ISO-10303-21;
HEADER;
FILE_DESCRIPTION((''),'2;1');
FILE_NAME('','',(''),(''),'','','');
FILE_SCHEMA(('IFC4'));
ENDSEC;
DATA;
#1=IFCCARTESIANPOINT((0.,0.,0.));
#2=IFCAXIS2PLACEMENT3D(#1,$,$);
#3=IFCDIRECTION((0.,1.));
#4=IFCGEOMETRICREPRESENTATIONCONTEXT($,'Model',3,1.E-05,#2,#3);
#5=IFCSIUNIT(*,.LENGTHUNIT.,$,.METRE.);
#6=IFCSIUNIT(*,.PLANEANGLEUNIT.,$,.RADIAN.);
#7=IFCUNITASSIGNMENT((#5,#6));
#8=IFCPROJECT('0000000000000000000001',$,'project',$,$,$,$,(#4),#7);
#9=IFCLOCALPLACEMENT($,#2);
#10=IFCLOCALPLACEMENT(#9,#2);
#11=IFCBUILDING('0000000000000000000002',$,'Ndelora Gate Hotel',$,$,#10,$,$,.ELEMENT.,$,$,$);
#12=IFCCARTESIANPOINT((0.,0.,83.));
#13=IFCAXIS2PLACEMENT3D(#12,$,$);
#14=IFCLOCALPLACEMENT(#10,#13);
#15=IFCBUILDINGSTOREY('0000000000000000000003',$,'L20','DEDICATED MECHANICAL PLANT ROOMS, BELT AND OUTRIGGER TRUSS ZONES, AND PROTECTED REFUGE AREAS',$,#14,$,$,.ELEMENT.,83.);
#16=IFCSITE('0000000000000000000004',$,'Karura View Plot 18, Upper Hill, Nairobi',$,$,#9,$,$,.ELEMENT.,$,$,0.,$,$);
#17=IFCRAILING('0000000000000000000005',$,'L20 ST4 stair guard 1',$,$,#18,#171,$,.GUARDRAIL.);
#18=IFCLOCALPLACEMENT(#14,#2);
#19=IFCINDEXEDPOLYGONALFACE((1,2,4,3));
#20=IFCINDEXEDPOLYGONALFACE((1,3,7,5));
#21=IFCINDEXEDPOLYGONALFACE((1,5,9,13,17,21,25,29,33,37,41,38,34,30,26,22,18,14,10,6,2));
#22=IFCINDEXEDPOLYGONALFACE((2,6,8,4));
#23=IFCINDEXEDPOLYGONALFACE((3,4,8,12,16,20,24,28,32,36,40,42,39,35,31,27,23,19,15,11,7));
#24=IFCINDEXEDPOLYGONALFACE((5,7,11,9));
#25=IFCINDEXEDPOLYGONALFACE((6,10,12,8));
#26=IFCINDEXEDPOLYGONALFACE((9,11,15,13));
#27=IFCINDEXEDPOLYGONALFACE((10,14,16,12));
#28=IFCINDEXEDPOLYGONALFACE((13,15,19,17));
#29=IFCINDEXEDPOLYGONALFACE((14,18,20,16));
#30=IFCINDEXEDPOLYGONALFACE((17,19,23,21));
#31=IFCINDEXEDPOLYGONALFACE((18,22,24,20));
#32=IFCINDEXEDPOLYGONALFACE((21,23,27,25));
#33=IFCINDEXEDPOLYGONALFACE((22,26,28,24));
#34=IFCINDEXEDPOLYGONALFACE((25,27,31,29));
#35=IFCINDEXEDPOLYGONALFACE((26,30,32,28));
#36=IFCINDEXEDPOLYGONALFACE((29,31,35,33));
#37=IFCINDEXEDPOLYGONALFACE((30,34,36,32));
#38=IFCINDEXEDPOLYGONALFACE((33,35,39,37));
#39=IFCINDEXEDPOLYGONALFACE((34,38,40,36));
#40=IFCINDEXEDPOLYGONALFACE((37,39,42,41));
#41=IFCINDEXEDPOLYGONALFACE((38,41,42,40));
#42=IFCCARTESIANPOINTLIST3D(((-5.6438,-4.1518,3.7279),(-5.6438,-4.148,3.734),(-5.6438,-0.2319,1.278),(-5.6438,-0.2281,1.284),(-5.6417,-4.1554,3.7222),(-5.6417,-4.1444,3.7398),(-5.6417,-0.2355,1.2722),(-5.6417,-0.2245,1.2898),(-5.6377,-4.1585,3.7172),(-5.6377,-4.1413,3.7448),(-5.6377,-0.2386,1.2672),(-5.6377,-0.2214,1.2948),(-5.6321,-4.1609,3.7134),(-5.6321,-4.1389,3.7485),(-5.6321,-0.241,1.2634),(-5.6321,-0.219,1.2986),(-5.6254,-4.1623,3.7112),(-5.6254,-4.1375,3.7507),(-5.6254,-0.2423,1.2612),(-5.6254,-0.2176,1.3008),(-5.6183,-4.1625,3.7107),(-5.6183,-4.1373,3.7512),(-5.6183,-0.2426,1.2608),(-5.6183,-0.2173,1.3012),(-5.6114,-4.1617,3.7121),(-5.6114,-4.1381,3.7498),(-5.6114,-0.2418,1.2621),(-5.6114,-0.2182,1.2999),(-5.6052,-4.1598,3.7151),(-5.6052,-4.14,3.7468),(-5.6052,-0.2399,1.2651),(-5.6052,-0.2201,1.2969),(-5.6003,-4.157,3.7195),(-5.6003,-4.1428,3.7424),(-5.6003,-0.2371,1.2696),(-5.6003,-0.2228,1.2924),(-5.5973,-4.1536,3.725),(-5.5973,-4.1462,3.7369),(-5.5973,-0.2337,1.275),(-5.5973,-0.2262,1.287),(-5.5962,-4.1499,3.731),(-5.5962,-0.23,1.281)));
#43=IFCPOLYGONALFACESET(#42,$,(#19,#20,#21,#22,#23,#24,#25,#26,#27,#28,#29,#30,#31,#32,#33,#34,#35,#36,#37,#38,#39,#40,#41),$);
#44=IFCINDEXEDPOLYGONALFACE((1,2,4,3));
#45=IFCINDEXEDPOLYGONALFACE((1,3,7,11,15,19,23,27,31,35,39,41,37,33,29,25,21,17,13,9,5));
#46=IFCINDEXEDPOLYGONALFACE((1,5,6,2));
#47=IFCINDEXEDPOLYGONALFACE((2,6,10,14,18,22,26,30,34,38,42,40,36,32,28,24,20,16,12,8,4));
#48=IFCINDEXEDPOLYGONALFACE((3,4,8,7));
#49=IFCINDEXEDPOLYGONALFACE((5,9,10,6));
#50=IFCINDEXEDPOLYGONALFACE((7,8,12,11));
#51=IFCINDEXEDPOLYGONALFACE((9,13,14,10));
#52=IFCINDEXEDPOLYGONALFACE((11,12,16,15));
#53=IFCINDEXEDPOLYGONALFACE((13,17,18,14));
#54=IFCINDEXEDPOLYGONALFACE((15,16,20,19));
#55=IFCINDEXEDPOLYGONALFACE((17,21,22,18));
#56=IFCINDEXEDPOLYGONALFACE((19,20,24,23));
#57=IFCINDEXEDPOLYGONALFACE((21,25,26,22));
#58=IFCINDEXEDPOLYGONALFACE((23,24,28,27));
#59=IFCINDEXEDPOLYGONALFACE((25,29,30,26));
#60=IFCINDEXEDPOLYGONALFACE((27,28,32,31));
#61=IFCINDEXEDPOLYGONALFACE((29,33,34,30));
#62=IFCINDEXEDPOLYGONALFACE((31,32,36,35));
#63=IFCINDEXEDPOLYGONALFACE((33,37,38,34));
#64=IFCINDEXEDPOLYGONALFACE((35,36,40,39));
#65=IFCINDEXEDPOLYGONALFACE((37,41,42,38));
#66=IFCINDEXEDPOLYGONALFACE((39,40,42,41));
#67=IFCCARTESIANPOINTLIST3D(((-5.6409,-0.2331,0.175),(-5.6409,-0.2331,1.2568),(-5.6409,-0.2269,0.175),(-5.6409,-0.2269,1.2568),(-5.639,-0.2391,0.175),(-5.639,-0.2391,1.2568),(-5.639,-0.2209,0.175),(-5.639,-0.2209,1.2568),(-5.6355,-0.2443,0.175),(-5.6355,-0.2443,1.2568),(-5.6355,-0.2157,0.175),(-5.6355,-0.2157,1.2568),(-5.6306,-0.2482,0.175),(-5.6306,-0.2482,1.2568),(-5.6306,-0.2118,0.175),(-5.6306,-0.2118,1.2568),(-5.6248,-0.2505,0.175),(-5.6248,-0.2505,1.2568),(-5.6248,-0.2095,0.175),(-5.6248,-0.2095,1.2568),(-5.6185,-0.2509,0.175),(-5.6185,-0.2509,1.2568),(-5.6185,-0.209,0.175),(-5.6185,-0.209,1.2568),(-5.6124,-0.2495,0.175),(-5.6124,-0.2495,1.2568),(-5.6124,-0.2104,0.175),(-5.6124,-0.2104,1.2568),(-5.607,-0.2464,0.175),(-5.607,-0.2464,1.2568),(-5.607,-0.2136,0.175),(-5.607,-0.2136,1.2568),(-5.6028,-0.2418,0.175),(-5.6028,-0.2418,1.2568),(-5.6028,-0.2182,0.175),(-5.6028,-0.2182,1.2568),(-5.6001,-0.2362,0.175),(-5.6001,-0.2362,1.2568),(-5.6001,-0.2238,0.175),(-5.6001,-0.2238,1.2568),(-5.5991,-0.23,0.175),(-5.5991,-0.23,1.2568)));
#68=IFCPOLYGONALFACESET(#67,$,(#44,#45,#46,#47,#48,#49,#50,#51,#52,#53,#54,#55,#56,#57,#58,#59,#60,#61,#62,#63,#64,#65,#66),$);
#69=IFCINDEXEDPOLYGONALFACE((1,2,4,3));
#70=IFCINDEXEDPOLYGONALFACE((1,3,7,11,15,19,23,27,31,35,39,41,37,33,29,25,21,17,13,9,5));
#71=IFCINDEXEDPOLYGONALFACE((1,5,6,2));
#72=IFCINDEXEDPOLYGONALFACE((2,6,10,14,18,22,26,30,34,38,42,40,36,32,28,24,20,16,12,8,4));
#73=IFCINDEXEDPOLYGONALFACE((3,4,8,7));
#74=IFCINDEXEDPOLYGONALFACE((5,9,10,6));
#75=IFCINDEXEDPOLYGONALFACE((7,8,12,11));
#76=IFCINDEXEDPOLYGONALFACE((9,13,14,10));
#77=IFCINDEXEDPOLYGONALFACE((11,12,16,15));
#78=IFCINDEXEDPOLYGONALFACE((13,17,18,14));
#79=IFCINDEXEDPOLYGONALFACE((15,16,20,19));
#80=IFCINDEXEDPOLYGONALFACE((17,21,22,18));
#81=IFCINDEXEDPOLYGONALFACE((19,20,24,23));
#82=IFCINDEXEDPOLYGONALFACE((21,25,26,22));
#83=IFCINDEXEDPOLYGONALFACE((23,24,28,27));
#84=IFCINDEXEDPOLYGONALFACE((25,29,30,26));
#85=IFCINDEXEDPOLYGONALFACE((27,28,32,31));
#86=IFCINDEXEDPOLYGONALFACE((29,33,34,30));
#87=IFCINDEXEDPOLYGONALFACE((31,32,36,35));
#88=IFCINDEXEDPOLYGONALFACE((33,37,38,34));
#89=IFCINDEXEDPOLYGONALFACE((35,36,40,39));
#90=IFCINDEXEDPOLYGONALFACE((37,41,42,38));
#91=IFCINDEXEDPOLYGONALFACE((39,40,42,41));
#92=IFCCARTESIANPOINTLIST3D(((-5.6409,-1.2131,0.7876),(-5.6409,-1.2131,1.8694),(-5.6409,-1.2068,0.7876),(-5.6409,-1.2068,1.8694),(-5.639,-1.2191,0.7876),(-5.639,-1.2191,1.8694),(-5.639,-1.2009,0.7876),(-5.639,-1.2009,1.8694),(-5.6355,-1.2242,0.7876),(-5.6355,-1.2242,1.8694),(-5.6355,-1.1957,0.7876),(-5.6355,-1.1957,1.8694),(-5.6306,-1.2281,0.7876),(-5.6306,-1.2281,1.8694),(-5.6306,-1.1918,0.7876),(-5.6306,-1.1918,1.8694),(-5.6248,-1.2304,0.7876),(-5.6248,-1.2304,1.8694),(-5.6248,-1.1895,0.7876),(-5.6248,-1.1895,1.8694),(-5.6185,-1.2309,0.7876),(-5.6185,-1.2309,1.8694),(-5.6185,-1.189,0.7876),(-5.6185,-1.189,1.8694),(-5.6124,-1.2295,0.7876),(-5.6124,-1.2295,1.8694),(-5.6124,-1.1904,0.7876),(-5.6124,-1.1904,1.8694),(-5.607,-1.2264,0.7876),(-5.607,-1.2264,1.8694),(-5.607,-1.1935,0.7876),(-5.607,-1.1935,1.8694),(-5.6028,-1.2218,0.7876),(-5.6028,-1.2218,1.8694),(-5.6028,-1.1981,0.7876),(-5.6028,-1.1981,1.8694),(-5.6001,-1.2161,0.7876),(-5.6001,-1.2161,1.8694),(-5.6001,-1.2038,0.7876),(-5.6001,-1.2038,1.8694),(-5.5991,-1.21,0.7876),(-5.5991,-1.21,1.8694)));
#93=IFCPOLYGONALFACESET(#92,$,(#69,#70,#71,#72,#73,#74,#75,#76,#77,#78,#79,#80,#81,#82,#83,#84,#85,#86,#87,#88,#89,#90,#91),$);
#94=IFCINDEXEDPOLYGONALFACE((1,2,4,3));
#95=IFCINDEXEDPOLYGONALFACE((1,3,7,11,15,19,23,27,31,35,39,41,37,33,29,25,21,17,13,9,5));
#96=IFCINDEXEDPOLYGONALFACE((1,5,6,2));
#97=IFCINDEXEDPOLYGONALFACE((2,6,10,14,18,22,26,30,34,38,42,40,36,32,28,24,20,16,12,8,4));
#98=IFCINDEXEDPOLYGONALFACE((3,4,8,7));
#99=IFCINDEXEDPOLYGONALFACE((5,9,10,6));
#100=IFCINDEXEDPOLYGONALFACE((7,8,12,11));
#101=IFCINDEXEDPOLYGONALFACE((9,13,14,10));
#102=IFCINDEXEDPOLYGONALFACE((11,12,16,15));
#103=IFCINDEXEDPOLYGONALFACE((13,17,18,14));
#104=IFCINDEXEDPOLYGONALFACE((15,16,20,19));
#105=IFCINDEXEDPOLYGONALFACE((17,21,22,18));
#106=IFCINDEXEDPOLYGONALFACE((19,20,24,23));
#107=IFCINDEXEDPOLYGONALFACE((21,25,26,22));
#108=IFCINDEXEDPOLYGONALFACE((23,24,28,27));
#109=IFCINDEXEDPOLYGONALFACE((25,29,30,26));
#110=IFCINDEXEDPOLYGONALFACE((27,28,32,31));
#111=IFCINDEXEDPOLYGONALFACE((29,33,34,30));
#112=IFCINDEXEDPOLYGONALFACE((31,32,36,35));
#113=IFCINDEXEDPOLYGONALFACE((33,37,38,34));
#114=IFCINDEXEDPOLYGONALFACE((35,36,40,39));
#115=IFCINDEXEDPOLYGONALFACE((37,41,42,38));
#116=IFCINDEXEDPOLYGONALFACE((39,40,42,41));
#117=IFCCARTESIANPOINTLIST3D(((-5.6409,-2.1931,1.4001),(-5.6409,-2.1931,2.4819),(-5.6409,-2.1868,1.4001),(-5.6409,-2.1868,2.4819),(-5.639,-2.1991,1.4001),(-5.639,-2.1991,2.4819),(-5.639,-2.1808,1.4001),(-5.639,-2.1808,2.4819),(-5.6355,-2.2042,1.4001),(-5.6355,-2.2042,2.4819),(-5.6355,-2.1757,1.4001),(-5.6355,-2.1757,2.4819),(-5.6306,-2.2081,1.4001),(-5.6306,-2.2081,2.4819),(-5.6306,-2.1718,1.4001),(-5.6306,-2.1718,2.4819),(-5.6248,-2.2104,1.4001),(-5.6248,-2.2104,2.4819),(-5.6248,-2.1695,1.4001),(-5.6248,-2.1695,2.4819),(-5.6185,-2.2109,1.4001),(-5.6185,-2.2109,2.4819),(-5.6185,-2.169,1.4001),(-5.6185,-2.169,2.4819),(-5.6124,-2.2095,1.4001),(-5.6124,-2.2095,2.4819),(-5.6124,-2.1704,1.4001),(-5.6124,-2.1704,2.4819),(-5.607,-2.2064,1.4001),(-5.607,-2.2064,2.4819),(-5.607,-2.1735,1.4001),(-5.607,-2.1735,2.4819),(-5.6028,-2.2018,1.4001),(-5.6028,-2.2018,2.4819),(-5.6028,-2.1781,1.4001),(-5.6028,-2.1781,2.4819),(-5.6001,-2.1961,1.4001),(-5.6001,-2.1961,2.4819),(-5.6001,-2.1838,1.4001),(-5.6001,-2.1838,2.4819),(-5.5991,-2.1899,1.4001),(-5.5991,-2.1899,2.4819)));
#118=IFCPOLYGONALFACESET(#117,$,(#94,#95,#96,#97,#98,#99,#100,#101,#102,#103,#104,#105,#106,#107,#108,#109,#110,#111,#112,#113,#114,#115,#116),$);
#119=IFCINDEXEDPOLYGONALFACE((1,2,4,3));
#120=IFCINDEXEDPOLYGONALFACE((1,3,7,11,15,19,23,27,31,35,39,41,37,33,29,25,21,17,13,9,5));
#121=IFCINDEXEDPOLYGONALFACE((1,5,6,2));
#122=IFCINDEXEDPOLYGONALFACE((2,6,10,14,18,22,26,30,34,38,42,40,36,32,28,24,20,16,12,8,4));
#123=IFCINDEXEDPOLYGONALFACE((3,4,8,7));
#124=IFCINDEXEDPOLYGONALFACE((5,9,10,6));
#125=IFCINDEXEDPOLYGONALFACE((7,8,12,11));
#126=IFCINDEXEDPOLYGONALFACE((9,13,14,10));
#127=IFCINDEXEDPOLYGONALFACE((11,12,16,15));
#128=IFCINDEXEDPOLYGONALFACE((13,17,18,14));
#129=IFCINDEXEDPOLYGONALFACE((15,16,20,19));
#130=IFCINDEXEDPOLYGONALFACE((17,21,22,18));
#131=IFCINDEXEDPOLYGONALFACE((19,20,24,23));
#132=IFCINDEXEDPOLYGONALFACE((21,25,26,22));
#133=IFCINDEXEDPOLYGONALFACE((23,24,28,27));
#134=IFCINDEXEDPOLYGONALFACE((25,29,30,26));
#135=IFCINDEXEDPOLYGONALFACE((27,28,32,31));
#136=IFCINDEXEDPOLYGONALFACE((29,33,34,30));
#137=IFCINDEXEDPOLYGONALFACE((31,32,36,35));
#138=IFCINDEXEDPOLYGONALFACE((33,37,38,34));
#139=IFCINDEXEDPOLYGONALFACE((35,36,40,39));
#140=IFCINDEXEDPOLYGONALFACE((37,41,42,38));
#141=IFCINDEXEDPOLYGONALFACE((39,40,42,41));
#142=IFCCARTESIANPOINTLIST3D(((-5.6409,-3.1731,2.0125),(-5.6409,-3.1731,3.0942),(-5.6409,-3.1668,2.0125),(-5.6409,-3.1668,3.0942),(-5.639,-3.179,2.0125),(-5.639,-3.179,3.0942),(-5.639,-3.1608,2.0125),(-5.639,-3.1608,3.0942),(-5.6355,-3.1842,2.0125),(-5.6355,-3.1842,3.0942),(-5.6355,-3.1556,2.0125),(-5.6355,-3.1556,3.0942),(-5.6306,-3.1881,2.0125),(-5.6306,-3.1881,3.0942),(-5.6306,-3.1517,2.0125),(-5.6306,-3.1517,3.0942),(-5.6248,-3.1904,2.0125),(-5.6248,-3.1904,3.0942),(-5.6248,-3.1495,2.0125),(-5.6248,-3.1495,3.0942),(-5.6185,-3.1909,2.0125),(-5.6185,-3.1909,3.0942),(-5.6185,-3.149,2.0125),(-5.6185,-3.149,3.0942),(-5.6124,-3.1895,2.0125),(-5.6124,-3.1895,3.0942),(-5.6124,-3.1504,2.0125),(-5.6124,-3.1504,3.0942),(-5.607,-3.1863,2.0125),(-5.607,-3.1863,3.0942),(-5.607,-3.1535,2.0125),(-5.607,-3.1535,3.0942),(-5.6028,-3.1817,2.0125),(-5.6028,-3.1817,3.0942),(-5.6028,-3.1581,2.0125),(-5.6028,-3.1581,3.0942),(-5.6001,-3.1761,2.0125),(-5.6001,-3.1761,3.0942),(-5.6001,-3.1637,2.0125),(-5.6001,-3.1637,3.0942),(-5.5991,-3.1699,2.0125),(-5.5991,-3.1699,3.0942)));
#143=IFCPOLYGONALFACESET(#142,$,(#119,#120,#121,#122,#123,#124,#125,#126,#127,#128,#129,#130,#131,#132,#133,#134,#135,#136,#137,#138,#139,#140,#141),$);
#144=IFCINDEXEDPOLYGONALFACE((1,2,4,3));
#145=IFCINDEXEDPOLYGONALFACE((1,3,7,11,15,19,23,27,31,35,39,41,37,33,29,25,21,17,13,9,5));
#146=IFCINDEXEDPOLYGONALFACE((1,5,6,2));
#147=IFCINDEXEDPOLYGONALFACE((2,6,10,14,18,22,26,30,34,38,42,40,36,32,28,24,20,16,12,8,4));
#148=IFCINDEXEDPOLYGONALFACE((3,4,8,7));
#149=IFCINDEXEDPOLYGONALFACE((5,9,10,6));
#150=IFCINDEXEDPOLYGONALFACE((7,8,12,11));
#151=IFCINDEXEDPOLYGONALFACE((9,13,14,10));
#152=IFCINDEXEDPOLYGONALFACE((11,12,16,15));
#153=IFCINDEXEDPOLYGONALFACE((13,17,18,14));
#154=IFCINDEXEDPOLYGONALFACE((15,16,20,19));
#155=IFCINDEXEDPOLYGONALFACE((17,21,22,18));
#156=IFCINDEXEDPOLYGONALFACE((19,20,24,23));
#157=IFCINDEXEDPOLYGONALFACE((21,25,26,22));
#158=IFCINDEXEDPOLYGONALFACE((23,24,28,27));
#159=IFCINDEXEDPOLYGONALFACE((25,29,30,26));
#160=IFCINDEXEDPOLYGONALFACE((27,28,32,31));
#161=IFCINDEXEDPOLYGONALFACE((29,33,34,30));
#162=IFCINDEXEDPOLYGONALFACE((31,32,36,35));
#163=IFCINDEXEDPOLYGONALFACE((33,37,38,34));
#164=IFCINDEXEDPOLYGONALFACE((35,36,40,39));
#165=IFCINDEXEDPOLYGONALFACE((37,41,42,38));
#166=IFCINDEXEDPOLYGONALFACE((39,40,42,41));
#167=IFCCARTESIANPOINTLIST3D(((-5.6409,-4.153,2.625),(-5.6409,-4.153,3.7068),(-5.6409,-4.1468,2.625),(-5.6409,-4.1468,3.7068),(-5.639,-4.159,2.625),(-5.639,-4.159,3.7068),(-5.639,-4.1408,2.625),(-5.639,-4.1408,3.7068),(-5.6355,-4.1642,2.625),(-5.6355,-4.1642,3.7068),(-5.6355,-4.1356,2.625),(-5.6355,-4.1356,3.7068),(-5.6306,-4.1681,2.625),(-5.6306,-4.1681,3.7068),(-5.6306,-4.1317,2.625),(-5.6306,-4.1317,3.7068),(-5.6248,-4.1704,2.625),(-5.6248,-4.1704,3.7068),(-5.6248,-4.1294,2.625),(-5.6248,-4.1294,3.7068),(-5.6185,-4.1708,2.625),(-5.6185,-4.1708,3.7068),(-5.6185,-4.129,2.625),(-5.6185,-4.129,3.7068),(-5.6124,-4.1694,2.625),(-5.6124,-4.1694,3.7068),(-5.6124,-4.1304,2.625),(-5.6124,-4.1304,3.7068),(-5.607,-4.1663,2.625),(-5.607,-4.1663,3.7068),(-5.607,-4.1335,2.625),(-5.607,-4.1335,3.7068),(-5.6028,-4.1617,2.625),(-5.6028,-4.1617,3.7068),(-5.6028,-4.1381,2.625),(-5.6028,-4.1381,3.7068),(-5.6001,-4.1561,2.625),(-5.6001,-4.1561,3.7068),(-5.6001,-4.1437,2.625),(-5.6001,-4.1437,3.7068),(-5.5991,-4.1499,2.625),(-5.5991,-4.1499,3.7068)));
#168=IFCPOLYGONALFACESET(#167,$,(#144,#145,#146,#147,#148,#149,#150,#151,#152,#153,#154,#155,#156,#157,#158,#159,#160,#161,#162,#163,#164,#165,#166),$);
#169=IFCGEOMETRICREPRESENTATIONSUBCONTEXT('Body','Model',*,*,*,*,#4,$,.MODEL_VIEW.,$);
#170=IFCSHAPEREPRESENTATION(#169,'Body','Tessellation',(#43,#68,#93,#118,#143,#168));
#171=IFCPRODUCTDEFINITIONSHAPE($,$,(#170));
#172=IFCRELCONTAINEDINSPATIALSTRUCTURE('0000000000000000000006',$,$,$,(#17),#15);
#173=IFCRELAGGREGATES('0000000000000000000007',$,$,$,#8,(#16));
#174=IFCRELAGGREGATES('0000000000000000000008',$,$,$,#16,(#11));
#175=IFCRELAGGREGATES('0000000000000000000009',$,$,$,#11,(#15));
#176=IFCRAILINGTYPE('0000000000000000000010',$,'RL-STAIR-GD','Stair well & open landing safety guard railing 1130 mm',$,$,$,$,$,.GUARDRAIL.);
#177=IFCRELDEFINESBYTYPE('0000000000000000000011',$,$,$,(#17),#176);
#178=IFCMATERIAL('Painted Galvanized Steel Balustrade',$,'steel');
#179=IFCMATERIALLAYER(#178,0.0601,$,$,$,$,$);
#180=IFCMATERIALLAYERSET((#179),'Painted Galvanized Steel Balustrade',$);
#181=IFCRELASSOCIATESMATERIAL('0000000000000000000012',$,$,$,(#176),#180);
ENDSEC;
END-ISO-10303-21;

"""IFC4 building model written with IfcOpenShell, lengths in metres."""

from ifc_helpers import new_model, si_unit, direction, frame, origin, origin_2d, place, context, subcontext, project, spatial, circle, extrude, material, layer, layer_set, type_object, element, save


model = new_model("IFC4")

# Units and contexts
model_context = context("Model", 3, precision=1e-05, world=origin(), true_north=direction((0.0, 1.0)))
body_context = subcontext(model_context, "Body", "Model", "MODEL_VIEW")
ifc_project = project(units=[si_unit("LENGTHUNIT", "METRE"), si_unit("PLANEANGLEUNIT", "RADIAN")], contexts=[model_context])

# Site, building, storey
site_placement = place(None, origin())
site = spatial("IfcSite", under=ifc_project, at=site_placement, Name="Karura View Plot 18, Upper Hill, Nairobi", CompositionType="ELEMENT", RefElevation=0.0)
building_placement = place(site_placement, origin())
building = spatial("IfcBuilding", under=site, at=building_placement, Name="Ndelora Gate Hotel", CompositionType="ELEMENT")
storey_placement = place(building_placement, frame((0.0, 0.0, 83.0)))
storey = spatial("IfcBuildingStorey", under=building, at=storey_placement, Name="L20", Description="DEDICATED MECHANICAL PLANT ROOMS, BELT AND OUTRIGGER TRUSS ZONES, AND PROTECTED REFUGE AREAS", CompositionType="ELEMENT", Elevation=83.0)

# Railing
ifc_material_1 = material(Name="Painted Galvanized Steel Balustrade", Category="steel")
ifc_layer_1 = layer(ifc_material_1, 0.0601)
ifc_layer_set_1 = layer_set([ifc_layer_1], Name="Painted Galvanized Steel Balustrade")
railing_type_1 = type_object("IfcRailingType", Name="RL-STAIR-GD", Description="Stair well & open landing safety guard railing 1130 mm", PredefinedType="GUARDRAIL", material=ifc_layer_set_1)
railing_1_placement = place(storey_placement, frame((-5.6201, -0.23, 0.175)))
element("IfcRailing", 1, at=railing_1_placement, inside=storey, type_object=railing_type_1, Name="L20 ST4 stair guard 1", PredefinedType="GUARDRAIL", context=body_context, shape_type="SweptSolid", body=[
    extrude(circle(Radius=0.0239, at=origin_2d()), frame((0.0, 0.0, 1.106), z_axis=(0.0, -0.847998, 0.529999), x_axis=(1.0, 0.0, 0.0)), (0.0, 0.0, 1.0), 4.6226),
    extrude(circle(Radius=0.021, at=origin_2d()), origin(), (0.0, 0.0, 1.0), 1.0818),
    extrude(circle(Radius=0.021, at=origin_2d()), frame((0.0, -0.98, 0.6125)), (0.0, 0.0, 1.0), 1.0818),
    extrude(circle(Radius=0.021, at=origin_2d()), frame((0.0, -1.96, 1.2251)), (0.0, 0.0, 1.0), 1.0818),
    extrude(circle(Radius=0.021, at=origin_2d()), frame((0.0, -2.9399, 1.8374)), (0.0, 0.0, 1.0), 1.0818),
    extrude(circle(Radius=0.021, at=origin_2d()), frame((0.0, -3.9199, 2.45)), (0.0, 0.0, 1.0), 1.0818),
])

save(model, "model.ifc")
